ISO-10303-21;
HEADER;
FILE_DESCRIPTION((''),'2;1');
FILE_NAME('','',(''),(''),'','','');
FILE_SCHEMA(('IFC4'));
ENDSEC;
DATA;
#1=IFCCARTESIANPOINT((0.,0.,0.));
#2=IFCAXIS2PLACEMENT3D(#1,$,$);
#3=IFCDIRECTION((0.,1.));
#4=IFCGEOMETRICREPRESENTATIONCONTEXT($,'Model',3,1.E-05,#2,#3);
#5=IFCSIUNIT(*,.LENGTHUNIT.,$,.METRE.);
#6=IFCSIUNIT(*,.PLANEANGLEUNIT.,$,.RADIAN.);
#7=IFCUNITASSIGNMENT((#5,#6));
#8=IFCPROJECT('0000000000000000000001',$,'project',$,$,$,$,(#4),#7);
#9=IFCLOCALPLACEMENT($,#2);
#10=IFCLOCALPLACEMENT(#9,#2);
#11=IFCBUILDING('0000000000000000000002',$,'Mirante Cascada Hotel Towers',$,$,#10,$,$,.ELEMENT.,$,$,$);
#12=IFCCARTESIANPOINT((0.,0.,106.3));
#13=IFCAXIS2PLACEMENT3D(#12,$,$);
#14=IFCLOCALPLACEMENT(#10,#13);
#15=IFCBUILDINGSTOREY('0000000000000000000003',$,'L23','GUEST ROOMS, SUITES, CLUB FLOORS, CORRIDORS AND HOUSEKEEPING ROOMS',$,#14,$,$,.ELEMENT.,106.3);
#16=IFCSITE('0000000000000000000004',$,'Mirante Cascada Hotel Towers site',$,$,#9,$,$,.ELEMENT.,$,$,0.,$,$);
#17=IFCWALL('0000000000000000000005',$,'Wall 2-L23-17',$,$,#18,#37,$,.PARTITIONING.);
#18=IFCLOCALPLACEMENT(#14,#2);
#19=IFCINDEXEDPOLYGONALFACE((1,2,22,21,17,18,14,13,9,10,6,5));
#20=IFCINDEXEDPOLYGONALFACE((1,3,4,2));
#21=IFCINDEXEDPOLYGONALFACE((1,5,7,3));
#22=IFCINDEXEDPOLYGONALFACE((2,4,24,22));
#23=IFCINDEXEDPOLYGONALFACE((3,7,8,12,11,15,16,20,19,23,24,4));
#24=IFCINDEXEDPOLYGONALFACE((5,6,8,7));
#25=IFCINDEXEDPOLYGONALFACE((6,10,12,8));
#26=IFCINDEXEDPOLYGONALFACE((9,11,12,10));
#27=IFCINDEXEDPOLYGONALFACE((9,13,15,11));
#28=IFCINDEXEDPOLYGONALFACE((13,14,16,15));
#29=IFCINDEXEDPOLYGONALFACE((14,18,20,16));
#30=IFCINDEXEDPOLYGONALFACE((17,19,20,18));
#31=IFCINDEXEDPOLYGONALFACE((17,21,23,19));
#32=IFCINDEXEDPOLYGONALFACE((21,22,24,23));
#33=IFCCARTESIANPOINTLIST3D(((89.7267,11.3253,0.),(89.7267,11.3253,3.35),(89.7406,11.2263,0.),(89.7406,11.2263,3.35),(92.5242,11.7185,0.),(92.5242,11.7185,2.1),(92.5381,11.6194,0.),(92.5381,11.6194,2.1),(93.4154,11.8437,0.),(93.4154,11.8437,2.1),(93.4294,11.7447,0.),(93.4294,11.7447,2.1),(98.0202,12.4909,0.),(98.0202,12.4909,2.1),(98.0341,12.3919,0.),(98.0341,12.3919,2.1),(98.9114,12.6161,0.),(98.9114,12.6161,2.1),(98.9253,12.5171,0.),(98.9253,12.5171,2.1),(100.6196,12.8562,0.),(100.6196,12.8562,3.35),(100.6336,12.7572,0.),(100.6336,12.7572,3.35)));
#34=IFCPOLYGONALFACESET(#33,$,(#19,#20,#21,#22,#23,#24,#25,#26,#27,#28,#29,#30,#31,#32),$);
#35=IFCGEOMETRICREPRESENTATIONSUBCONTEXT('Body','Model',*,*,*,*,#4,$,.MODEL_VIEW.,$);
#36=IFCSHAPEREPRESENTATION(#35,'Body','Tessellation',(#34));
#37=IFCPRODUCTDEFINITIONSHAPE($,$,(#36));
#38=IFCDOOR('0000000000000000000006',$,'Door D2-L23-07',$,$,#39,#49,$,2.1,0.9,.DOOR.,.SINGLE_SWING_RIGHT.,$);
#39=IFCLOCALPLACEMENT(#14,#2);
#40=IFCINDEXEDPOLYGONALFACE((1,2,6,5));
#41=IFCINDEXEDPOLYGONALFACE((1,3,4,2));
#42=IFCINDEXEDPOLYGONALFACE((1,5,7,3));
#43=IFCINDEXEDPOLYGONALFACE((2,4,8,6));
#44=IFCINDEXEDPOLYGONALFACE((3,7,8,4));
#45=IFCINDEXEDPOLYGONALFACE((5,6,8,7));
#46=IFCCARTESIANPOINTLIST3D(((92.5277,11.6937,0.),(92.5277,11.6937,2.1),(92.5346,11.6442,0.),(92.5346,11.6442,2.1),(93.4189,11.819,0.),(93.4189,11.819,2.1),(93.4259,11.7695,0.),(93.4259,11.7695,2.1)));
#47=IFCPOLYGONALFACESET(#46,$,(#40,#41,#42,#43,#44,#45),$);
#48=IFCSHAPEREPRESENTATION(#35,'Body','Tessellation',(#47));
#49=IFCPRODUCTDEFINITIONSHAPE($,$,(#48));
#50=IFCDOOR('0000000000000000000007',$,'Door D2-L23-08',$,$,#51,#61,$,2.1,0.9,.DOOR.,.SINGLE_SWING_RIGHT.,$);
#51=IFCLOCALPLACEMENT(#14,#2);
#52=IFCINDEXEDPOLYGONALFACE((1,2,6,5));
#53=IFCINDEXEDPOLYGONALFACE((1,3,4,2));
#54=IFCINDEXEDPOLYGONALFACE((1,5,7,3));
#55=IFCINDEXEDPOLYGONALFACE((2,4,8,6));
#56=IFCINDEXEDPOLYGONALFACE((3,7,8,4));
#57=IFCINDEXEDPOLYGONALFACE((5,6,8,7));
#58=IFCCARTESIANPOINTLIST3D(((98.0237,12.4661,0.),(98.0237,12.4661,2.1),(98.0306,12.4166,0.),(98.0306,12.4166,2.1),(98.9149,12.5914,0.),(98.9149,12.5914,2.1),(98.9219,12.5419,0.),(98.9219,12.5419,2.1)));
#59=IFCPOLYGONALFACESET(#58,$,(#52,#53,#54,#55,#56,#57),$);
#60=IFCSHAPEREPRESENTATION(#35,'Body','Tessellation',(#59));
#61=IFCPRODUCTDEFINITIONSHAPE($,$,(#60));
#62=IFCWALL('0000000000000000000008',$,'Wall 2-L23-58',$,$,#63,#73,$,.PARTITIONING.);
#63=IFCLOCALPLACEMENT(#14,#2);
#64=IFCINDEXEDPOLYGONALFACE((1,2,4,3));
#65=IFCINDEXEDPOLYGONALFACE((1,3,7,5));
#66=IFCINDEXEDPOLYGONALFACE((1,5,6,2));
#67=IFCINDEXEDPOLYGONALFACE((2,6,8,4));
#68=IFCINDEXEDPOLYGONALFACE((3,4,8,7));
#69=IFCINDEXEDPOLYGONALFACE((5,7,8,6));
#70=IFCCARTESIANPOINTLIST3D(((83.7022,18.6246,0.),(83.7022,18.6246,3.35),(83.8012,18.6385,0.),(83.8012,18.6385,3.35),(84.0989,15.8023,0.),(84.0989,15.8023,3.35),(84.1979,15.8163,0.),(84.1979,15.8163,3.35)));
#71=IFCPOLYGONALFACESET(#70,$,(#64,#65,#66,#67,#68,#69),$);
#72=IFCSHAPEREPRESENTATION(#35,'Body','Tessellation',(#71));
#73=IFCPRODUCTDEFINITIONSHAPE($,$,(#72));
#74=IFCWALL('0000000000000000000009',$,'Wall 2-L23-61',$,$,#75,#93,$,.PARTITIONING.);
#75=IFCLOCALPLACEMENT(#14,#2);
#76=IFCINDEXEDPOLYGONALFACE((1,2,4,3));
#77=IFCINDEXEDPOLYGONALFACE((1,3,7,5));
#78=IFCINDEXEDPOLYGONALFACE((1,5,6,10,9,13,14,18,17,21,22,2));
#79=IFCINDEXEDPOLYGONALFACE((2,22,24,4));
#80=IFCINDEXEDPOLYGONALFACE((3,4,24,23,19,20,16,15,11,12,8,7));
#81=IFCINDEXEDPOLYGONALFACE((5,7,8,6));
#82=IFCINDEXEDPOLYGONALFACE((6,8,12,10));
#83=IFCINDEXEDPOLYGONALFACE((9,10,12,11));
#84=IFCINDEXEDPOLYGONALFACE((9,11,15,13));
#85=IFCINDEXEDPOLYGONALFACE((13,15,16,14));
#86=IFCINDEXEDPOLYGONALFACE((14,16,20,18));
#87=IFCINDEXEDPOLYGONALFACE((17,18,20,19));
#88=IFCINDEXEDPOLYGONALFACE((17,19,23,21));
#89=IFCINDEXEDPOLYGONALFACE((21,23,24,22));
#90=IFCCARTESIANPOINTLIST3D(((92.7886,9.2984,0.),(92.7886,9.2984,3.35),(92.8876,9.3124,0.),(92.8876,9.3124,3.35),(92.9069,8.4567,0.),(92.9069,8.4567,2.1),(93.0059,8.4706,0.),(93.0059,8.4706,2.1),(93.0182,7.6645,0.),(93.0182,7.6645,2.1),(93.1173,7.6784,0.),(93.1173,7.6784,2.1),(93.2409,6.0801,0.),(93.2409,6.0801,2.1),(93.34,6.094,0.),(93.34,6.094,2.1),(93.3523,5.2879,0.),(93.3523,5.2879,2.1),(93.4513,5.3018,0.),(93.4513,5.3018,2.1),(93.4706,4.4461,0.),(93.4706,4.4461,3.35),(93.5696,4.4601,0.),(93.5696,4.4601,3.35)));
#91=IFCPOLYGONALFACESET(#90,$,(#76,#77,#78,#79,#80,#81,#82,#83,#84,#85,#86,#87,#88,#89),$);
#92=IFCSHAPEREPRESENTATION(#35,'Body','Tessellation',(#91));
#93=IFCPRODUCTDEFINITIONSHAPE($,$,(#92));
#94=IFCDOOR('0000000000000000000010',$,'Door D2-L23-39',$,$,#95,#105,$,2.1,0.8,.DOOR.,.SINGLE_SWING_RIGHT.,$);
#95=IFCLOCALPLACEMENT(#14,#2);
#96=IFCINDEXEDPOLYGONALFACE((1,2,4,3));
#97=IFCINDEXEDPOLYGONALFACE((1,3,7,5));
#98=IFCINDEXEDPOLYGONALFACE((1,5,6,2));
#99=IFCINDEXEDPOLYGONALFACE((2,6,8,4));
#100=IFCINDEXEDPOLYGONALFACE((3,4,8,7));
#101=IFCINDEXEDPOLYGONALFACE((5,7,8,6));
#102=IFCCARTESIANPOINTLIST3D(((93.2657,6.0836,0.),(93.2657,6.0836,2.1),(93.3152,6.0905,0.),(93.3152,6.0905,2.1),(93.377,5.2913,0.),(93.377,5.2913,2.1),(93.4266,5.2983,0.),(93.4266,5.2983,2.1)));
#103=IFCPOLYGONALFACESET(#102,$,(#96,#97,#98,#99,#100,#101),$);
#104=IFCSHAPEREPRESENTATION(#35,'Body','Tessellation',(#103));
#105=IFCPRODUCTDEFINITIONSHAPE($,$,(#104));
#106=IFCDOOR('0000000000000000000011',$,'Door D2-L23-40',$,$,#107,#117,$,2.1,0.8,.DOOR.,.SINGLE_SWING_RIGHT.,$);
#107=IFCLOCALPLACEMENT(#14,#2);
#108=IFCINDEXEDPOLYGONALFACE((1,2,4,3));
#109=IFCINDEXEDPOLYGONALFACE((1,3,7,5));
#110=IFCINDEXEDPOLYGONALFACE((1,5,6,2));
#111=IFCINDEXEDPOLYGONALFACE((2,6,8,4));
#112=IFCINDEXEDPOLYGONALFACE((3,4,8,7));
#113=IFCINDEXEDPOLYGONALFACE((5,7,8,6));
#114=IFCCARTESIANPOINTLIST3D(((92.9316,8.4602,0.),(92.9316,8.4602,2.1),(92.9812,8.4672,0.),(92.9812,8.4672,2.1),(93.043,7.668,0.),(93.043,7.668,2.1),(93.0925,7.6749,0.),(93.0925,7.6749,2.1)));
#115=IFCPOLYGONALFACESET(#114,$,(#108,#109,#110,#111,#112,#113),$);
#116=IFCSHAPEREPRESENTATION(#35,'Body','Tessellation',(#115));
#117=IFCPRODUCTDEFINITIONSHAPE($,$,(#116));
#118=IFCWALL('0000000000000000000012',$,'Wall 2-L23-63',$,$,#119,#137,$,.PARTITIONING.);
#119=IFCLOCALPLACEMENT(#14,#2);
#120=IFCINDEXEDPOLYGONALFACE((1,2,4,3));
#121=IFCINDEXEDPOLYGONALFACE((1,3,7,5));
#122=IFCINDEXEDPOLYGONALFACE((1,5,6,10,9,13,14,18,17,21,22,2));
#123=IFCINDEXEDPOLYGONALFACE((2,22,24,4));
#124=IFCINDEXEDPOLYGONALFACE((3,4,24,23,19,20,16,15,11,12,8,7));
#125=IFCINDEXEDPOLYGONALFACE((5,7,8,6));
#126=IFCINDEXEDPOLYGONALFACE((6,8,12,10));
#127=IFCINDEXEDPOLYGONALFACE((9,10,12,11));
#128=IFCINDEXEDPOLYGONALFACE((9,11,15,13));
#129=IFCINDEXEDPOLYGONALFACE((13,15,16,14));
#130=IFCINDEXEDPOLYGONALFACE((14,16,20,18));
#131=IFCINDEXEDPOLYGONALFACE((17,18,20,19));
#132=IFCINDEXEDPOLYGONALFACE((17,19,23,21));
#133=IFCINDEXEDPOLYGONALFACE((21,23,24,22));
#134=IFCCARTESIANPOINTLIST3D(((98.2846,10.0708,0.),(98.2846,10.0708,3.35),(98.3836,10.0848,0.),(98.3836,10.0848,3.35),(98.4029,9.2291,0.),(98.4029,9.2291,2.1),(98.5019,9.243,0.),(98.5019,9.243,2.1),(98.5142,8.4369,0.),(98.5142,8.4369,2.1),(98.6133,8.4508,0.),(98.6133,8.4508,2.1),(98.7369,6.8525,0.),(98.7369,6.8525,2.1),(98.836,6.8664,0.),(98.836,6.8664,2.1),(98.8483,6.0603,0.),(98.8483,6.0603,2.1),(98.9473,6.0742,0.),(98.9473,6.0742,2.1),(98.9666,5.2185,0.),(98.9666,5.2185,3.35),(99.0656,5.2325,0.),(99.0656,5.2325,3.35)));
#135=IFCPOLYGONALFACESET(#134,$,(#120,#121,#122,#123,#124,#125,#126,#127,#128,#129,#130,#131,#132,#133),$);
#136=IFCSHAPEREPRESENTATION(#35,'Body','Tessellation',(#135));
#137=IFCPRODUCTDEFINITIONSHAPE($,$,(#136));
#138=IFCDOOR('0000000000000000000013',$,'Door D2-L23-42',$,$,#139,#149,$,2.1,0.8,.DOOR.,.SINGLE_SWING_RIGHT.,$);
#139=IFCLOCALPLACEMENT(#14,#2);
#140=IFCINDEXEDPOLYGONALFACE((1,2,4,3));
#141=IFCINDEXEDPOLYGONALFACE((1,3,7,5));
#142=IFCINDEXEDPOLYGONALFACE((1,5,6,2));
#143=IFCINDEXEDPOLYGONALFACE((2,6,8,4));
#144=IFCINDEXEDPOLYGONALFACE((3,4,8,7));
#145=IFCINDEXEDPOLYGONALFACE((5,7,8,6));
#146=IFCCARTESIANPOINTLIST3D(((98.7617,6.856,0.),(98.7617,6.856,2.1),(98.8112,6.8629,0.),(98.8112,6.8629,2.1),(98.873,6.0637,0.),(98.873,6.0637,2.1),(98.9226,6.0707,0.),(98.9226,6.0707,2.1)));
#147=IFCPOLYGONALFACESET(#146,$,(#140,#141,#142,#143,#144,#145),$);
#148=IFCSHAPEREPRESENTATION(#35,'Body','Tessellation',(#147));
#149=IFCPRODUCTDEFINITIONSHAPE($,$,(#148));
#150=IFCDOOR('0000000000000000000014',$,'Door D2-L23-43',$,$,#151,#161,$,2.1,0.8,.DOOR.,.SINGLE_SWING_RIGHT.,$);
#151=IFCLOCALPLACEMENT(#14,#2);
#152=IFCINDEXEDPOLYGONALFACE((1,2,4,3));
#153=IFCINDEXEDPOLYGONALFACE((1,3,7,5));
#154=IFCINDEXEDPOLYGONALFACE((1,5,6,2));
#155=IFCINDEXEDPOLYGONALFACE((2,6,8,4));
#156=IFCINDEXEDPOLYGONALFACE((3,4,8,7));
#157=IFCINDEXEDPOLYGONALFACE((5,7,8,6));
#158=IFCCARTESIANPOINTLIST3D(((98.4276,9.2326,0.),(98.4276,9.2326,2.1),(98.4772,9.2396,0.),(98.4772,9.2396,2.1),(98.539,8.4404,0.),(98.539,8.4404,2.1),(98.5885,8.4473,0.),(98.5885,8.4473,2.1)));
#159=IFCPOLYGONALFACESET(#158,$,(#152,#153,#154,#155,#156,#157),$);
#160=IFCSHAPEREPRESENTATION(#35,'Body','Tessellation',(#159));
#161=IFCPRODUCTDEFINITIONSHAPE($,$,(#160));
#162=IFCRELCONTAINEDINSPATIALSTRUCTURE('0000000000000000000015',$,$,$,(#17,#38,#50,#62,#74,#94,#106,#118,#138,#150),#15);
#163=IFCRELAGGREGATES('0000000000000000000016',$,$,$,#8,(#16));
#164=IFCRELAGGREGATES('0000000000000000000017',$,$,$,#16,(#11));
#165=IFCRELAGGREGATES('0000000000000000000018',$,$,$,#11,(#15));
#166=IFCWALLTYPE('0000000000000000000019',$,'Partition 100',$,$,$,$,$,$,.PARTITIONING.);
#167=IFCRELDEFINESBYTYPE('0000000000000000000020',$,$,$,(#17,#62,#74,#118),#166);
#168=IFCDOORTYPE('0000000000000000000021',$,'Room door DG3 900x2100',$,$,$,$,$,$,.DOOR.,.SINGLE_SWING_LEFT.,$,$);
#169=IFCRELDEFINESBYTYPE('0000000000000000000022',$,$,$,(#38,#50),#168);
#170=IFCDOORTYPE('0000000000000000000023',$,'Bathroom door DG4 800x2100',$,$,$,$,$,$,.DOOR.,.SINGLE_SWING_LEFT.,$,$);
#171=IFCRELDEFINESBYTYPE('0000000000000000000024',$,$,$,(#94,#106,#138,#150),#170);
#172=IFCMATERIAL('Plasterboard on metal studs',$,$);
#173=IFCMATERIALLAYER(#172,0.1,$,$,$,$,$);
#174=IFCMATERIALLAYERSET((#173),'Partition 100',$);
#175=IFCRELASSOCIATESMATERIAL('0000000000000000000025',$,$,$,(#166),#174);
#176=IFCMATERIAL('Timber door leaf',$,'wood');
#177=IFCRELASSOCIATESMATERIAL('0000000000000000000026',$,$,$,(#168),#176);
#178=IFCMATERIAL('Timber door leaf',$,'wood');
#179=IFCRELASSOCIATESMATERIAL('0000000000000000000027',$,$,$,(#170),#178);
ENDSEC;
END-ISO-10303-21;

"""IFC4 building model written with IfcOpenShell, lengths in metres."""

from ifc_helpers import new_model, si_unit, direction, frame, frame_2d, origin, place, context, subcontext, project, spatial, rectangle, extrude, material, layer, layer_set, type_object, element, fill, save


model = new_model("IFC4")

# Units and contexts
model_context = context("Model", 3, precision=1e-05, world=origin(), true_north=direction((0.0, 1.0)))
body_context = subcontext(model_context, "Body", "Model", "MODEL_VIEW")
ifc_project = project(units=[si_unit("LENGTHUNIT", "METRE"), si_unit("PLANEANGLEUNIT", "RADIAN")], contexts=[model_context])

# Site, building, storey
site_placement = place(None, origin())
site = spatial("IfcSite", under=ifc_project, at=site_placement, Name="Mirante Cascada Hotel Towers site", CompositionType="ELEMENT", RefElevation=0.0)
building_placement = place(site_placement, origin())
building = spatial("IfcBuilding", under=site, at=building_placement, Name="Mirante Cascada Hotel Towers", CompositionType="ELEMENT")
storey_placement = place(building_placement, frame((0.0, 0.0, 106.3)))
storey = spatial("IfcBuildingStorey", under=building, at=storey_placement, Name="L23", Description="GUEST ROOMS, SUITES, CLUB FLOORS, CORRIDORS AND HOUSEKEEPING ROOMS", CompositionType="ELEMENT", Elevation=106.3)

# Shared definitions
ifc_material_1 = material(Name="Plasterboard on metal studs")
ifc_layer_1 = layer(ifc_material_1, 0.1)
ifc_layer_set_1 = layer_set([ifc_layer_1], Name="Partition 100")
wall_type_1 = type_object("IfcWallType", Name="Partition 100", PredefinedType="PARTITIONING", material=ifc_layer_set_1)

# Wall, openings, doors
wall_1_placement = place(storey_placement, frame((100.6266, 12.8067, 0.0), z_axis=(0.0, 0.0, 1.0), x_axis=(-0.990268, -0.139173, 0.0)))
wall_1 = element("IfcWall", 1, at=wall_1_placement, inside=storey, type_object=wall_type_1, Name="Wall 2-L23-17", PredefinedType="PARTITIONING", context=body_context, shape_type="SweptSolid", body=[
    extrude(rectangle(XDim=11.0, YDim=0.1, at=frame_2d((5.5, 0.0))), origin(), (0.0, 0.0, 1.0), 3.35),
])
opening_1_placement = place(wall_1_placement, frame((7.275, 0.0, 0.0)))
opening_1 = element("IfcOpeningElement", 2, at=opening_1_placement, cuts=wall_1, PredefinedType="OPENING", context=body_context, shape_type="SweptSolid", body=[
    extrude(rectangle(XDim=0.9, YDim=2.1, at=frame_2d((0.45, 1.05))), frame((0.0, 0.05, 0.0), z_axis=(0.0, -1.0, 0.0), x_axis=(1.0, 0.0, 0.0)), (0.0, 0.0, 1.0), 0.1),
])
opening_2_placement = place(wall_1_placement, frame((1.725, 0.0, 0.0)))
opening_2 = element("IfcOpeningElement", 3, at=opening_2_placement, cuts=wall_1, PredefinedType="OPENING", context=body_context, shape_type="SweptSolid", body=[
    extrude(rectangle(XDim=0.9, YDim=2.1, at=frame_2d((0.45, 1.05))), frame((0.0, 0.05, 0.0), z_axis=(0.0, -1.0, 0.0), x_axis=(1.0, 0.0, 0.0)), (0.0, 0.0, 1.0), 0.1),
])
ifc_material_2 = material(Name="Timber door leaf", Category="wood")
door_type_1 = type_object("IfcDoorType", Name="Room door DG3 900x2100", OperationType="SINGLE_SWING_LEFT", PredefinedType="DOOR", material=ifc_material_2)
door_1_placement = place(opening_1_placement, frame((0.9, 0.0, 0.0), z_axis=(0.0, 0.0, 1.0), x_axis=(-1.0, 0.0, 0.0)))
door_1 = element("IfcDoor", 4, at=door_1_placement, inside=storey, type_object=door_type_1, Name="Door D2-L23-07", OperationType="SINGLE_SWING_RIGHT", OverallHeight=2.1, OverallWidth=0.9, PredefinedType="DOOR", context=body_context, shape_type="SweptSolid", body=[
    extrude(rectangle(XDim=0.9, YDim=2.1, at=frame_2d((0.45, 1.05))), frame((0.0, 0.025, 0.0), z_axis=(0.0, -1.0, 0.0), x_axis=(1.0, 0.0, 0.0)), (0.0, 0.0, 1.0), 0.05),
])
fill(opening_1, door_1)
door_2_placement = place(opening_2_placement, frame((0.9, 0.0, 0.0), z_axis=(0.0, 0.0, 1.0), x_axis=(-1.0, 0.0, 0.0)))
door_2 = element("IfcDoor", 5, at=door_2_placement, inside=storey, type_object=door_type_1, Name="Door D2-L23-08", OperationType="SINGLE_SWING_RIGHT", OverallHeight=2.1, OverallWidth=0.9, PredefinedType="DOOR", context=body_context, shape_type="SweptSolid", body=[
    extrude(rectangle(XDim=0.9, YDim=2.1, at=frame_2d((0.45, 1.05))), frame((0.0, 0.025, 0.0), z_axis=(0.0, -1.0, 0.0), x_axis=(1.0, 0.0, 0.0)), (0.0, 0.0, 1.0), 0.05),
])
fill(opening_2, door_2)

# Wall
wall_2_placement = place(storey_placement, frame((84.1484, 15.8093, 0.0), z_axis=(0.0, 0.0, 1.0), x_axis=(-0.139191, 0.990266, 0.0)))
element("IfcWall", 6, at=wall_2_placement, inside=storey, type_object=wall_type_1, Name="Wall 2-L23-58", PredefinedType="PARTITIONING", context=body_context, shape_type="SweptSolid", body=[
    extrude(rectangle(XDim=2.85, YDim=0.1, at=frame_2d((1.425, 0.0))), origin(), (0.0, 0.0, 1.0), 3.35),
])

# Walls, openings, doors
wall_3_placement = place(storey_placement, frame((92.8381, 9.3054, 0.0), z_axis=(0.0, 0.0, 1.0), x_axis=(0.139184, -0.990267, 0.0)))
wall_3 = element("IfcWall", 7, at=wall_3_placement, inside=storey, type_object=wall_type_1, Name="Wall 2-L23-61", PredefinedType="PARTITIONING", context=body_context, shape_type="SweptSolid", body=[
    extrude(rectangle(XDim=4.9, YDim=0.1, at=frame_2d((2.45, 0.0))), origin(), (0.0, 0.0, 1.0), 3.35),
])
opening_3_placement = place(wall_3_placement, frame((3.25, 0.0, 0.0)))
opening_3 = element("IfcOpeningElement", 8, at=opening_3_placement, cuts=wall_3, PredefinedType="OPENING", context=body_context, shape_type="SweptSolid", body=[
    extrude(rectangle(XDim=0.8, YDim=2.1, at=frame_2d((0.4, 1.05))), frame((0.0, 0.05, 0.0), z_axis=(0.0, -1.0, 0.0), x_axis=(1.0, 0.0, 0.0)), (0.0, 0.0, 1.0), 0.1),
])
opening_4_placement = place(wall_3_placement, frame((0.85, 0.0, 0.0)))
opening_4 = element("IfcOpeningElement", 9, at=opening_4_placement, cuts=wall_3, PredefinedType="OPENING", context=body_context, shape_type="SweptSolid", body=[
    extrude(rectangle(XDim=0.8, YDim=2.1, at=frame_2d((0.4, 1.05))), frame((0.0, 0.05, 0.0), z_axis=(0.0, -1.0, 0.0), x_axis=(1.0, 0.0, 0.0)), (0.0, 0.0, 1.0), 0.1),
])
ifc_material_3 = material(Name="Timber door leaf", Category="wood")
door_type_2 = type_object("IfcDoorType", Name="Bathroom door DG4 800x2100", OperationType="SINGLE_SWING_LEFT", PredefinedType="DOOR", material=ifc_material_3)
door_3_placement = place(opening_3_placement, frame((0.8, 0.0, 0.0), z_axis=(0.0, 0.0, 1.0), x_axis=(-1.0, 0.0, 0.0)))
door_3 = element("IfcDoor", 10, at=door_3_placement, inside=storey, type_object=door_type_2, Name="Door D2-L23-39", OperationType="SINGLE_SWING_RIGHT", OverallHeight=2.1, OverallWidth=0.8, PredefinedType="DOOR", context=body_context, shape_type="SweptSolid", body=[
    extrude(rectangle(XDim=0.8, YDim=2.1, at=frame_2d((0.4, 1.05))), frame((0.0, 0.025, 0.0), z_axis=(0.0, -1.0, 0.0), x_axis=(1.0, 0.0, 0.0)), (0.0, 0.0, 1.0), 0.05),
])
fill(opening_3, door_3)
door_4_placement = place(opening_4_placement, frame((0.8, 0.0, 0.0), z_axis=(0.0, 0.0, 1.0), x_axis=(-1.0, 0.0, 0.0)))
door_4 = element("IfcDoor", 11, at=door_4_placement, inside=storey, type_object=door_type_2, Name="Door D2-L23-40", OperationType="SINGLE_SWING_RIGHT", OverallHeight=2.1, OverallWidth=0.8, PredefinedType="DOOR", context=body_context, shape_type="SweptSolid", body=[
    extrude(rectangle(XDim=0.8, YDim=2.1, at=frame_2d((0.4, 1.05))), frame((0.0, 0.025, 0.0), z_axis=(0.0, -1.0, 0.0), x_axis=(1.0, 0.0, 0.0)), (0.0, 0.0, 1.0), 0.05),
])
fill(opening_4, door_4)
wall_4_placement = place(storey_placement, frame((98.3341, 10.0778, 0.0), z_axis=(0.0, 0.0, 1.0), x_axis=(0.139184, -0.990267, 0.0)))
wall_4 = element("IfcWall", 12, at=wall_4_placement, inside=storey, type_object=wall_type_1, Name="Wall 2-L23-63", PredefinedType="PARTITIONING", context=body_context, shape_type="SweptSolid", body=[
    extrude(rectangle(XDim=4.9, YDim=0.1, at=frame_2d((2.45, 0.0))), origin(), (0.0, 0.0, 1.0), 3.35),
])
opening_5_placement = place(wall_4_placement, frame((3.25, 0.0, 0.0)))
opening_5 = element("IfcOpeningElement", 13, at=opening_5_placement, cuts=wall_4, PredefinedType="OPENING", context=body_context, shape_type="SweptSolid", body=[
    extrude(rectangle(XDim=0.8, YDim=2.1, at=frame_2d((0.4, 1.05))), frame((0.0, 0.05, 0.0), z_axis=(0.0, -1.0, 0.0), x_axis=(1.0, 0.0, 0.0)), (0.0, 0.0, 1.0), 0.1),
])
opening_6_placement = place(wall_4_placement, frame((0.85, 0.0, 0.0)))
opening_6 = element("IfcOpeningElement", 14, at=opening_6_placement, cuts=wall_4, PredefinedType="OPENING", context=body_context, shape_type="SweptSolid", body=[
    extrude(rectangle(XDim=0.8, YDim=2.1, at=frame_2d((0.4, 1.05))), frame((0.0, 0.05, 0.0), z_axis=(0.0, -1.0, 0.0), x_axis=(1.0, 0.0, 0.0)), (0.0, 0.0, 1.0), 0.1),
])
door_5_placement = place(opening_5_placement, frame((0.8, 0.0, 0.0), z_axis=(0.0, 0.0, 1.0), x_axis=(-1.0, 0.0, 0.0)))
door_5 = element("IfcDoor", 15, at=door_5_placement, inside=storey, type_object=door_type_2, Name="Door D2-L23-42", OperationType="SINGLE_SWING_RIGHT", OverallHeight=2.1, OverallWidth=0.8, PredefinedType="DOOR", context=body_context, shape_type="SweptSolid", body=[
    extrude(rectangle(XDim=0.8, YDim=2.1, at=frame_2d((0.4, 1.05))), frame((0.0, 0.025, 0.0), z_axis=(0.0, -1.0, 0.0), x_axis=(1.0, 0.0, 0.0)), (0.0, 0.0, 1.0), 0.05),
])
fill(opening_5, door_5)
door_6_placement = place(opening_6_placement, frame((0.8, 0.0, 0.0), z_axis=(0.0, 0.0, 1.0), x_axis=(-1.0, 0.0, 0.0)))
door_6 = element("IfcDoor", 16, at=door_6_placement, inside=storey, type_object=door_type_2, Name="Door D2-L23-43", OperationType="SINGLE_SWING_RIGHT", OverallHeight=2.1, OverallWidth=0.8, PredefinedType="DOOR", context=body_context, shape_type="SweptSolid", body=[
    extrude(rectangle(XDim=0.8, YDim=2.1, at=frame_2d((0.4, 1.05))), frame((0.0, 0.025, 0.0), z_axis=(0.0, -1.0, 0.0), x_axis=(1.0, 0.0, 0.0)), (0.0, 0.0, 1.0), 0.05),
])
fill(opening_6, door_6)

save(model, "model.ifc")
